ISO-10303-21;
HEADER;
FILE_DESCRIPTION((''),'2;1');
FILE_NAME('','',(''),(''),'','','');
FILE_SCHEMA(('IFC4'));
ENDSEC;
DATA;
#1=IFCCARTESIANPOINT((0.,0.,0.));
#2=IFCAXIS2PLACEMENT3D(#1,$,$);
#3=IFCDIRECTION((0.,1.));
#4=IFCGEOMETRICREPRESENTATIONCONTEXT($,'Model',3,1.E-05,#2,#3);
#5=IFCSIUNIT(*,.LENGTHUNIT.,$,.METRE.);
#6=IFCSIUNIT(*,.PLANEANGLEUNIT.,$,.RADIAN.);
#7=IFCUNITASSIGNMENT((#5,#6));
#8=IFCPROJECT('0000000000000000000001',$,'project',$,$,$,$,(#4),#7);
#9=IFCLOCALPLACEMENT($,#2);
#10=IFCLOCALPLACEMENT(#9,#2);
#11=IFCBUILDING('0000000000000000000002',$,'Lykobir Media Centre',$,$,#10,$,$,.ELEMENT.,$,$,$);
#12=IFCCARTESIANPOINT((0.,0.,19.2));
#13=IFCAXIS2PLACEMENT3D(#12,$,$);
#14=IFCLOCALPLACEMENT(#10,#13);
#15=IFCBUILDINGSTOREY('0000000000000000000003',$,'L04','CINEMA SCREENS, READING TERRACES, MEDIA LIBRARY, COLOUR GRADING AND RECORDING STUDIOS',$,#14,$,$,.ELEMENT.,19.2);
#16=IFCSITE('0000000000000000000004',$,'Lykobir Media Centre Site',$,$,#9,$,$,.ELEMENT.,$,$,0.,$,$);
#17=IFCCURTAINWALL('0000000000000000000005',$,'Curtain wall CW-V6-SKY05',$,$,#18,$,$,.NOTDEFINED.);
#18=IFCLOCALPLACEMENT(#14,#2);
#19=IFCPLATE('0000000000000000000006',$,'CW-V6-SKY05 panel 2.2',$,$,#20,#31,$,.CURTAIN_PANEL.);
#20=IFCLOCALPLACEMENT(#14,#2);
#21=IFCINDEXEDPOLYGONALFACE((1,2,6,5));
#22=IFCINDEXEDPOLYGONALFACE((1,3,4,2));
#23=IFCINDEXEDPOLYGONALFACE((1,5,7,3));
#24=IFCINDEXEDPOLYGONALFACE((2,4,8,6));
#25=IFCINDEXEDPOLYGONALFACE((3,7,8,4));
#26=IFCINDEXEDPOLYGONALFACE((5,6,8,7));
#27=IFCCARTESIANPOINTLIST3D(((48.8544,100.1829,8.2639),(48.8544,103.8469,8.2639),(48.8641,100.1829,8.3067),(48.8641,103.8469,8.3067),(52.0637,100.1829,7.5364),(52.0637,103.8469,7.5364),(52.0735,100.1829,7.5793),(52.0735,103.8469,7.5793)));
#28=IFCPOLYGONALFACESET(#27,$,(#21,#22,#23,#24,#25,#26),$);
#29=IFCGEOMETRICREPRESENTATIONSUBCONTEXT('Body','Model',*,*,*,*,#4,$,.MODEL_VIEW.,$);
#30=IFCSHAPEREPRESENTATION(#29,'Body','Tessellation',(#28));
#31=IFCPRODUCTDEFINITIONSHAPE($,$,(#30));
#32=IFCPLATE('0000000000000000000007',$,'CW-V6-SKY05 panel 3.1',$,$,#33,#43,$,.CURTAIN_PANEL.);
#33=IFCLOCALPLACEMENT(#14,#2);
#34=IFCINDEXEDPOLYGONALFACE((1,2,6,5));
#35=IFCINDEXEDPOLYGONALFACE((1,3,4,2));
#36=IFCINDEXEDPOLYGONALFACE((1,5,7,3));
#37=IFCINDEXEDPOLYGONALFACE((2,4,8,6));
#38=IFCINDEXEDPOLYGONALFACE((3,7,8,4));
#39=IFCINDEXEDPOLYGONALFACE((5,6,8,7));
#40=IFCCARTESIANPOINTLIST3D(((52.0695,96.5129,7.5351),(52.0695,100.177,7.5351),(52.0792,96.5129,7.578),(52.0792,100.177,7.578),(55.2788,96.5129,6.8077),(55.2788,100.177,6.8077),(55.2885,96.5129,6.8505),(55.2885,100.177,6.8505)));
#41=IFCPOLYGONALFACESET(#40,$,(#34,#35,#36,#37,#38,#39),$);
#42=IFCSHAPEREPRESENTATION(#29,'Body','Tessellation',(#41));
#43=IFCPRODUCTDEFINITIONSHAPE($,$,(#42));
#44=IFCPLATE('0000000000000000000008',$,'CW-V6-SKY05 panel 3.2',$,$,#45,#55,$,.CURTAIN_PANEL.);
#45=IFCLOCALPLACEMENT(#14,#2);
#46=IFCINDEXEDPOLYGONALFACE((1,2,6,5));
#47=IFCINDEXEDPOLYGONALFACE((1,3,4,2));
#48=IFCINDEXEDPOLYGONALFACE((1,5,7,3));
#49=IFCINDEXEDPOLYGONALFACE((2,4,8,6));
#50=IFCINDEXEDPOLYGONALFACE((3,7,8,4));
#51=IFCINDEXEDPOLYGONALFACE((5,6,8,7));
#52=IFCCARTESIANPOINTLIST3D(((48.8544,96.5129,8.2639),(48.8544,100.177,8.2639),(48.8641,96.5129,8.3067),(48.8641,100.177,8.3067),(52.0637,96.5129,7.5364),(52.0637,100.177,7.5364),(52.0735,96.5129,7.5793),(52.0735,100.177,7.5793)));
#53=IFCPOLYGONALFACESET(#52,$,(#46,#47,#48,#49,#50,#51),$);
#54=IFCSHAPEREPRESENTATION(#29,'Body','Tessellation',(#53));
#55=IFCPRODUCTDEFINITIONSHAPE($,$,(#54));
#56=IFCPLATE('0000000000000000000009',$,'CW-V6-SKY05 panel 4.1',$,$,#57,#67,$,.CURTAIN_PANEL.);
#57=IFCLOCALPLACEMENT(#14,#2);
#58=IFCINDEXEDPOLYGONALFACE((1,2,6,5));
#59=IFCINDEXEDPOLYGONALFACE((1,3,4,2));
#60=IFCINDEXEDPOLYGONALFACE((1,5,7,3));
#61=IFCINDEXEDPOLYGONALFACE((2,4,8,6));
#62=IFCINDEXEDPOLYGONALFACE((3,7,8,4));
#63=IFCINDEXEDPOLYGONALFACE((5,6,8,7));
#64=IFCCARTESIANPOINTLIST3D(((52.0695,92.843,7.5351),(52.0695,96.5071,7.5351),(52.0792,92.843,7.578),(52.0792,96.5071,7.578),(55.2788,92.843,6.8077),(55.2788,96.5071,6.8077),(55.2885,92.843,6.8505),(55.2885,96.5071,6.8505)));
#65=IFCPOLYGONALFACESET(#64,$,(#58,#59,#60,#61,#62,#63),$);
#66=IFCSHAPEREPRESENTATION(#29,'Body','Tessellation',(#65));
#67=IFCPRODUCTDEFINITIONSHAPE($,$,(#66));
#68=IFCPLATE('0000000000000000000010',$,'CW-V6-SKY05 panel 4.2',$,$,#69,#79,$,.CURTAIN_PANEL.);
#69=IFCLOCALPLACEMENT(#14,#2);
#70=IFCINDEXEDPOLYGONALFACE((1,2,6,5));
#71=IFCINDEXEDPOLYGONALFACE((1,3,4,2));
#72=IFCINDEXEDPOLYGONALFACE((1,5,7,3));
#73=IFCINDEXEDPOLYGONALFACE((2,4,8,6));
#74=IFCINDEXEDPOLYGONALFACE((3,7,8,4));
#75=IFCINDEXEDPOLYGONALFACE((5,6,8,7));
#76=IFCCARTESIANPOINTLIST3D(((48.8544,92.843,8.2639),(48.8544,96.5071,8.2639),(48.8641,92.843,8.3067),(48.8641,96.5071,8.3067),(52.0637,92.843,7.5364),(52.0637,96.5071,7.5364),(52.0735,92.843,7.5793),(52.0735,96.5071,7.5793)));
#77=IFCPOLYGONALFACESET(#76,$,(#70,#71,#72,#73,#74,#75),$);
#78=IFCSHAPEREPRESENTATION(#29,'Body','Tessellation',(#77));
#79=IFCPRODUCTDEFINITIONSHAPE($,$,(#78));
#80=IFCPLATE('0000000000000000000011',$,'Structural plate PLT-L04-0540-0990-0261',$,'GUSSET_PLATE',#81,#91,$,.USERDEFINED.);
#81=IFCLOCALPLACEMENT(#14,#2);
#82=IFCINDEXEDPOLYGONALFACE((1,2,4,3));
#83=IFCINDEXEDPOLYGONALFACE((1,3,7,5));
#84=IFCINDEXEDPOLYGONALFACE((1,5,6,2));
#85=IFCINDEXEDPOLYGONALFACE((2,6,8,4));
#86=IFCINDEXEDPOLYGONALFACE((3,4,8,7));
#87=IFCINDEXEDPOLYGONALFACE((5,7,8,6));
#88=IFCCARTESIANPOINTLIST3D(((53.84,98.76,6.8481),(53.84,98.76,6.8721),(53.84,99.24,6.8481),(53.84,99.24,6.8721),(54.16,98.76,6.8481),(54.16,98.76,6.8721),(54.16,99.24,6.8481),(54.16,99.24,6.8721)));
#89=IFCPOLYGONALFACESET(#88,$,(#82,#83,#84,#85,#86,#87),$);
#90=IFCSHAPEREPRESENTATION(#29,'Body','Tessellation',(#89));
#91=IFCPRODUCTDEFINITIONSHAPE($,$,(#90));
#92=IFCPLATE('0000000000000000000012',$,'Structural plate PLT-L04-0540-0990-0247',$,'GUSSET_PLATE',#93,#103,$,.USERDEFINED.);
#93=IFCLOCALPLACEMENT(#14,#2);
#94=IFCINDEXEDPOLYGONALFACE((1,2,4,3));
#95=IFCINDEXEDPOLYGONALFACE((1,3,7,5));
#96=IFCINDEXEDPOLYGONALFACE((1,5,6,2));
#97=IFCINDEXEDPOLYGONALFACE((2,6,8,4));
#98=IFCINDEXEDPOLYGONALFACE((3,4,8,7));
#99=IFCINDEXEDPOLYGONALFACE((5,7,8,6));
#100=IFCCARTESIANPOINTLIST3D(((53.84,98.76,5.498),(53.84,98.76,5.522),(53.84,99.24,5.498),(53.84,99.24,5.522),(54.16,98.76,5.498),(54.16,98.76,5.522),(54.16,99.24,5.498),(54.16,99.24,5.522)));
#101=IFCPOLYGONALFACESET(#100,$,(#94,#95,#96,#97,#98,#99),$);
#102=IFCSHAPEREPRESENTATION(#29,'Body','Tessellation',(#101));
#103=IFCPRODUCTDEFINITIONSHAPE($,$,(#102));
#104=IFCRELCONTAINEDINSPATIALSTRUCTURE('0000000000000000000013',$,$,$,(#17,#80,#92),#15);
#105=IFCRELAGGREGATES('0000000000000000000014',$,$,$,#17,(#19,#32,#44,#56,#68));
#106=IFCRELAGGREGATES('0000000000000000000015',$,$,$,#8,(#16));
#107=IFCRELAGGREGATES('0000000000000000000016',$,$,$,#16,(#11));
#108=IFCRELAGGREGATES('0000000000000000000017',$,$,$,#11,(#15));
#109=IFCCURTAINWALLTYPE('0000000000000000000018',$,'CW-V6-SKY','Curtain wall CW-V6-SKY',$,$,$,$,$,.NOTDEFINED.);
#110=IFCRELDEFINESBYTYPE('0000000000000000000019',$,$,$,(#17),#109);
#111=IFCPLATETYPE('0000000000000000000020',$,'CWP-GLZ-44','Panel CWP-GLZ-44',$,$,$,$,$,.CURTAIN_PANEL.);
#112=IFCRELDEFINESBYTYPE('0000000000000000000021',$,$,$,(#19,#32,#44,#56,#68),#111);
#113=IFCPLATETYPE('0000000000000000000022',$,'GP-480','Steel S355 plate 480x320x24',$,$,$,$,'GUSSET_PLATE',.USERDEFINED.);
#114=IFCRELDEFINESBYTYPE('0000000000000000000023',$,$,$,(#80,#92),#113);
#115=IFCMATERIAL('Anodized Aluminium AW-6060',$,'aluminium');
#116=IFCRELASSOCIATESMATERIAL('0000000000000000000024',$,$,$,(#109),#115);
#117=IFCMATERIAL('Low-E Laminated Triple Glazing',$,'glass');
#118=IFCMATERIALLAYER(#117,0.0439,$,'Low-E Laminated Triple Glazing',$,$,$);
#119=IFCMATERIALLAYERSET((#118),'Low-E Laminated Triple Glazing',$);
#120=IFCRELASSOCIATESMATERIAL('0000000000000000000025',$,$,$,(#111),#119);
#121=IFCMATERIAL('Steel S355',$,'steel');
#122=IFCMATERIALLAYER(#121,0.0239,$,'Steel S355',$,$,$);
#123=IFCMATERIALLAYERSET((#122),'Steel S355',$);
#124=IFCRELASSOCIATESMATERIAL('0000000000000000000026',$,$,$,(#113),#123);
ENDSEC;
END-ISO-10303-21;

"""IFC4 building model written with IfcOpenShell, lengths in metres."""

from ifc_helpers import new_model, si_unit, direction, frame, origin, origin_2d, place, context, subcontext, project, spatial, rectangle, extrude, material, layer, layer_set, type_object, element, aggregate, save


model = new_model("IFC4")

# Units and contexts
model_context = context("Model", 3, precision=1e-05, world=origin(), true_north=direction((0.0, 1.0)))
body_context = subcontext(model_context, "Body", "Model", "MODEL_VIEW")
ifc_project = project(units=[si_unit("LENGTHUNIT", "METRE"), si_unit("PLANEANGLEUNIT", "RADIAN")], contexts=[model_context])

# Site, building, storey
site_placement = place(None, origin())
site = spatial("IfcSite", under=ifc_project, at=site_placement, Name="Lykobir Media Centre Site", CompositionType="ELEMENT", RefElevation=0.0)
building_placement = place(site_placement, origin())
building = spatial("IfcBuilding", under=site, at=building_placement, Name="Lykobir Media Centre", CompositionType="ELEMENT")
storey_placement = place(building_placement, frame((0.0, 0.0, 19.2)))
storey = spatial("IfcBuildingStorey", under=building, at=storey_placement, Name="L04", Description="CINEMA SCREENS, READING TERRACES, MEDIA LIBRARY, COLOUR GRADING AND RECORDING STUDIOS", CompositionType="ELEMENT", Elevation=19.2)

# Shared definitions
ifc_material_1 = material(Name="Steel S355", Category="steel")

# Curtain wall
ifc_material_2 = material(Name="Anodized Aluminium AW-6060", Category="aluminium")
curtain_wall_type = type_object("IfcCurtainWallType", Name="CW-V6-SKY", Description="Curtain wall CW-V6-SKY", PredefinedType="NOTDEFINED", material=ifc_material_2)
curtain_wall_1_placement = place(storey_placement, origin())
curtain_wall_1 = element("IfcCurtainWall", 1, at=curtain_wall_1_placement, inside=storey, type_object=curtain_wall_type, Name="Curtain wall CW-V6-SKY05", PredefinedType="NOTDEFINED")

# Plates
ifc_material_3 = material(Name="Low-E Laminated Triple Glazing", Category="glass")
ifc_layer_1 = layer(ifc_material_3, 0.0439, Name="Low-E Laminated Triple Glazing")
ifc_layer_set_1 = layer_set([ifc_layer_1], Name="Low-E Laminated Triple Glazing")
plate_type_1 = type_object("IfcPlateType", Name="CWP-GLZ-44", Description="Panel CWP-GLZ-44", PredefinedType="CURTAIN_PANEL", material=ifc_layer_set_1)
plate_1_placement = place(storey_placement, frame((52.0686, 102.0149, 7.5579), z_axis=(-0.975261, 0.0, 0.221055), x_axis=(0.0, -1.0, 0.0)))
plate_1 = element("IfcPlate", 2, at=plate_1_placement, type_object=plate_type_1, Name="CW-V6-SKY05 panel 2.2", PredefinedType="CURTAIN_PANEL", context=body_context, shape_type="SweptSolid", body=[
    extrude(rectangle(XDim=3.6641, YDim=0.0439, at=origin_2d()), origin(), (0.0, 0.0, 1.0), 3.2908),
])
plate_2_placement = place(storey_placement, frame((55.2837, 98.345, 6.8291), z_axis=(-0.975261, 0.0, 0.221055), x_axis=(0.0, -1.0, 0.0)))
plate_2 = element("IfcPlate", 3, at=plate_2_placement, type_object=plate_type_1, Name="CW-V6-SKY05 panel 3.1", PredefinedType="CURTAIN_PANEL", context=body_context, shape_type="SweptSolid", body=[
    extrude(rectangle(XDim=3.6641, YDim=0.0439, at=origin_2d()), origin(), (0.0, 0.0, 1.0), 3.2908),
])
plate_3_placement = place(storey_placement, frame((52.0686, 98.345, 7.5579), z_axis=(-0.975261, 0.0, 0.221055), x_axis=(0.0, -1.0, 0.0)))
plate_3 = element("IfcPlate", 4, at=plate_3_placement, type_object=plate_type_1, Name="CW-V6-SKY05 panel 3.2", PredefinedType="CURTAIN_PANEL", context=body_context, shape_type="SweptSolid", body=[
    extrude(rectangle(XDim=3.6641, YDim=0.0439, at=origin_2d()), origin(), (0.0, 0.0, 1.0), 3.2908),
])
plate_4_placement = place(storey_placement, frame((55.2837, 94.675, 6.8291), z_axis=(-0.975261, 0.0, 0.221055), x_axis=(0.0, -1.0, 0.0)))
plate_4 = element("IfcPlate", 5, at=plate_4_placement, type_object=plate_type_1, Name="CW-V6-SKY05 panel 4.1", PredefinedType="CURTAIN_PANEL", context=body_context, shape_type="SweptSolid", body=[
    extrude(rectangle(XDim=3.6641, YDim=0.0439, at=origin_2d()), origin(), (0.0, 0.0, 1.0), 3.2908),
])
plate_5_placement = place(storey_placement, frame((52.0686, 94.675, 7.5579), z_axis=(-0.975261, 0.0, 0.221055), x_axis=(0.0, -1.0, 0.0)))
plate_5 = element("IfcPlate", 6, at=plate_5_placement, type_object=plate_type_1, Name="CW-V6-SKY05 panel 4.2", PredefinedType="CURTAIN_PANEL", context=body_context, shape_type="SweptSolid", body=[
    extrude(rectangle(XDim=3.6641, YDim=0.0439, at=origin_2d()), origin(), (0.0, 0.0, 1.0), 3.2908),
])
aggregate(curtain_wall_1, [plate_1, plate_2, plate_3, plate_4, plate_5])

# Plates
ifc_layer_2 = layer(ifc_material_1, 0.0239, Name="Steel S355")
ifc_layer_set_2 = layer_set([ifc_layer_2], Name="Steel S355")
plate_type_2 = type_object("IfcPlateType", Name="GP-480", Description="Steel S355 plate 480x320x24", ElementType="GUSSET_PLATE", PredefinedType="USERDEFINED", material=ifc_layer_set_2)
for number, where, z_axis, x_axis, name in (
    (7, (54.0, 99.0, 6.8481), (0.0, 0.0, 1.0), (0.0, 1.0, 0.0), "Structural plate PLT-L04-0540-0990-0261"),
    (8, (54.0, 99.0, 5.498), (0.0, 0.0, 1.0), (0.0, 1.0, 0.0), "Structural plate PLT-L04-0540-0990-0247"),
):
    element("IfcPlate", number, at=place(storey_placement, frame(where, z_axis=z_axis, x_axis=x_axis)), inside=storey, type_object=plate_type_2, Name=name, ObjectType="GUSSET_PLATE", PredefinedType="USERDEFINED", context=body_context, shape_type="SweptSolid", body=[
        extrude(rectangle(XDim=0.48, YDim=0.3201, at=origin_2d()), origin(), (0.0, 0.0, 1.0), 0.0239),
    ])

save(model, "model.ifc")
